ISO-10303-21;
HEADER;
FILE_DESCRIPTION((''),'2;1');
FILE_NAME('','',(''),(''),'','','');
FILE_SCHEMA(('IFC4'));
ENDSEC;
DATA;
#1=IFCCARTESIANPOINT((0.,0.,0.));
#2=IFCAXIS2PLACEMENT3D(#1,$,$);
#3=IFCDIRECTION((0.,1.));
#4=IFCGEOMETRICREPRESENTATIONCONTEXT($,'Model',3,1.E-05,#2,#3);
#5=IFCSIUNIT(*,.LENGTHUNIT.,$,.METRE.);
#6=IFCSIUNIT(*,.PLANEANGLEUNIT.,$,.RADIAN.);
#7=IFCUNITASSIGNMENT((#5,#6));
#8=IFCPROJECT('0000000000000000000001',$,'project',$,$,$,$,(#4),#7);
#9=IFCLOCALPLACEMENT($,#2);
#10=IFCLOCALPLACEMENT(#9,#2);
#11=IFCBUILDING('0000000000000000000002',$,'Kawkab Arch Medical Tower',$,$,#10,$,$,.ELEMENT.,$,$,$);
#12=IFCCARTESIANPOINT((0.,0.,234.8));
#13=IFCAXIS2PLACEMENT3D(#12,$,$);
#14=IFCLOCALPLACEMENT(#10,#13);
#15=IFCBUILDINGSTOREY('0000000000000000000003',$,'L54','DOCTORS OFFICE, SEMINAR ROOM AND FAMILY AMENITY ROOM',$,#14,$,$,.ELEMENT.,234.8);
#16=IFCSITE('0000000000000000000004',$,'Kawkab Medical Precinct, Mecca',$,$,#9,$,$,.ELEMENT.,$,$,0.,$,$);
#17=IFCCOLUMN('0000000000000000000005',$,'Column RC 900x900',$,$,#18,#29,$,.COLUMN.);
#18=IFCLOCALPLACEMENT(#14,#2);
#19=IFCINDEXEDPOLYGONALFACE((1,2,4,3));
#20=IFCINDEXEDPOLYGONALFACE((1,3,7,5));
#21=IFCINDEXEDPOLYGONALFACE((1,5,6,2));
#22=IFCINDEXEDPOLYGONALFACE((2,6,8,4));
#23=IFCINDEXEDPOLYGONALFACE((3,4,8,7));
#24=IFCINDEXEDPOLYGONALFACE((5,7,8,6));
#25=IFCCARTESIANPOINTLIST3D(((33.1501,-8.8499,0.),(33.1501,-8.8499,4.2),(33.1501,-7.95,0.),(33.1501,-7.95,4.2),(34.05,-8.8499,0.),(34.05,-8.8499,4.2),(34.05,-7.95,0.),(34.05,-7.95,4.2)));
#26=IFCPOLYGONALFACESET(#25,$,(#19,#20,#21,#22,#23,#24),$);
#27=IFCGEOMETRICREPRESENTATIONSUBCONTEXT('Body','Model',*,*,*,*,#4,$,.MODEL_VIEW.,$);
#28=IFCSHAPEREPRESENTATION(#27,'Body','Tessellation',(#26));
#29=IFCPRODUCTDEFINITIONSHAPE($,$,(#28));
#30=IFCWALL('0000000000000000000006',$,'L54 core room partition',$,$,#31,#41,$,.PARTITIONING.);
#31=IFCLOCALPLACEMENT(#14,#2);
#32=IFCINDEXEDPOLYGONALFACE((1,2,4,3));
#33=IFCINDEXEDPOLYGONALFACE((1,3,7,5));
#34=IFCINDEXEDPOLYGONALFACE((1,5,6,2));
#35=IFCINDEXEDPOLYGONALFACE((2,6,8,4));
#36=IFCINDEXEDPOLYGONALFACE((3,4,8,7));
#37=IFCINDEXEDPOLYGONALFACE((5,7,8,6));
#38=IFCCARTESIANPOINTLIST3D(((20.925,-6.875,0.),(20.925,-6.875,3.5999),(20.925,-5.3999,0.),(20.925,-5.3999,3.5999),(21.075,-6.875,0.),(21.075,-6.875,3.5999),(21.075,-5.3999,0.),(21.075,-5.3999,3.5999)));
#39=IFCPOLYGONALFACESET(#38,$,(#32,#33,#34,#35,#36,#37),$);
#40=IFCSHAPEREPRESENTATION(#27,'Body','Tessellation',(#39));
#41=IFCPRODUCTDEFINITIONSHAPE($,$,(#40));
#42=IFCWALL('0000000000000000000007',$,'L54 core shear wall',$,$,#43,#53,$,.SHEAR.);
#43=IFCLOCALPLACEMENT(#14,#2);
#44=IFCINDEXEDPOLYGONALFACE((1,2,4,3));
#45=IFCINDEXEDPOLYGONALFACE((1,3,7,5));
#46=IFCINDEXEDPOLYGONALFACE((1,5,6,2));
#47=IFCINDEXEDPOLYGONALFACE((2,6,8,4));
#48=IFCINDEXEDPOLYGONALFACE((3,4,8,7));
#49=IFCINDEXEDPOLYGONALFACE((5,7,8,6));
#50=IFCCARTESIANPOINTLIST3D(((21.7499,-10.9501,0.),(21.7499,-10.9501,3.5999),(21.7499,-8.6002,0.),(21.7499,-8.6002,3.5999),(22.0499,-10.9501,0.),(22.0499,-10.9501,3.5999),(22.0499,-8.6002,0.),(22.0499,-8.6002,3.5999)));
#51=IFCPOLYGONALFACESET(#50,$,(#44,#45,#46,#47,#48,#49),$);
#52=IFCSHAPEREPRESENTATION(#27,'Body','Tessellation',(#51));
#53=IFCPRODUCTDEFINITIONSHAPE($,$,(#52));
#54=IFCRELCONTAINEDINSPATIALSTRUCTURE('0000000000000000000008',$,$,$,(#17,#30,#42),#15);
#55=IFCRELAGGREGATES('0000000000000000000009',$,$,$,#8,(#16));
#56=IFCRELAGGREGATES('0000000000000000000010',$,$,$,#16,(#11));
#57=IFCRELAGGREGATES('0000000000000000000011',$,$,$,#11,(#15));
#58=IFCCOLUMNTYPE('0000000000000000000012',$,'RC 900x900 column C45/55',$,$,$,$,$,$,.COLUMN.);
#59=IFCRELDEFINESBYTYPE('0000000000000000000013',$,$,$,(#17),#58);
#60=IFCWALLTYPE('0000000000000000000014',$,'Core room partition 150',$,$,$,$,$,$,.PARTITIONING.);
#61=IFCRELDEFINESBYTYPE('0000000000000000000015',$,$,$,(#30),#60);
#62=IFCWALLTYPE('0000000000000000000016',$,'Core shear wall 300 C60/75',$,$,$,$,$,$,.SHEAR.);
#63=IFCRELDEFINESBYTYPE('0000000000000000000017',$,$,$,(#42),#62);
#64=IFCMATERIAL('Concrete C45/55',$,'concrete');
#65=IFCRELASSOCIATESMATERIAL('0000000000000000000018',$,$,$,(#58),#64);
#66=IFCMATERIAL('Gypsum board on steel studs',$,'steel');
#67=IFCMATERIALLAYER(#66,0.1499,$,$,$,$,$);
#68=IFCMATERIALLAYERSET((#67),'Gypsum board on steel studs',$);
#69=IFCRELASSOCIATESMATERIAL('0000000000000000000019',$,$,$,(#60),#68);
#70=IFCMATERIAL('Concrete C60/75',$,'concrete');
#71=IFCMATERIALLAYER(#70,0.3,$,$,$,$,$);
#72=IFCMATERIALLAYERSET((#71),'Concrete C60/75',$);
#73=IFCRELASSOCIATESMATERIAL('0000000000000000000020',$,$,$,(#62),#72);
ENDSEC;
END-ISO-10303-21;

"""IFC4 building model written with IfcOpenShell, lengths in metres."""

from ifc_helpers import new_model, si_unit, direction, frame, frame_2d, origin, origin_2d, place, context, subcontext, project, spatial, rectangle, extrude, material, layer, layer_set, material_profile, profile_set, type_object, element, save


model = new_model("IFC4")

# Units and contexts
model_context = context("Model", 3, precision=1e-05, world=origin(), true_north=direction((0.0, 1.0)))
body_context = subcontext(model_context, "Body", "Model", "MODEL_VIEW")
ifc_project = project(units=[si_unit("LENGTHUNIT", "METRE"), si_unit("PLANEANGLEUNIT", "RADIAN")], contexts=[model_context])

# Site, building, storey
site_placement = place(None, origin())
site = spatial("IfcSite", under=ifc_project, at=site_placement, Name="Kawkab Medical Precinct, Mecca", CompositionType="ELEMENT", RefElevation=0.0)
building_placement = place(site_placement, origin())
building = spatial("IfcBuilding", under=site, at=building_placement, Name="Kawkab Arch Medical Tower", CompositionType="ELEMENT")
storey_placement = place(building_placement, frame((0.0, 0.0, 234.8)))
storey = spatial("IfcBuildingStorey", under=building, at=storey_placement, Name="L54", Description="DOCTORS OFFICE, SEMINAR ROOM AND FAMILY AMENITY ROOM", CompositionType="ELEMENT", Elevation=234.8)

# Column
ifc_material_1 = material(Name="Concrete C45/55", Category="concrete")
ifc_material_profile = material_profile(ifc_material_1, rectangle(XDim=0.8999, YDim=0.8999, at=origin_2d()), Name="RC 900x900")
ifc_profile_set = profile_set([ifc_material_profile], Name="Concrete C45/55")
column_type = type_object("IfcColumnType", Name="RC 900x900 column C45/55", PredefinedType="COLUMN", material=ifc_profile_set)
column_placement = place(storey_placement, frame((33.6001, -8.3999, 0.0), z_axis=(0.0, 0.0, 1.0), x_axis=(1.0, 0.0, 0.0)))
element("IfcColumn", 1, at=column_placement, inside=storey, type_object=column_type, Name="Column RC 900x900", PredefinedType="COLUMN", context=body_context, shape_type="SweptSolid", body=[
    extrude(rectangle(XDim=0.8999, YDim=0.8999, at=origin_2d()), origin(), (0.0, 0.0, 1.0), 4.2),
])

# Walls
ifc_material_2 = material(Name="Gypsum board on steel studs", Category="steel")
ifc_layer_1 = layer(ifc_material_2, 0.1499)
ifc_layer_set_1 = layer_set([ifc_layer_1], Name="Gypsum board on steel studs")
wall_type_1 = type_object("IfcWallType", Name="Core room partition 150", PredefinedType="PARTITIONING", material=ifc_layer_set_1)
wall_1_placement = place(storey_placement, frame((21.0, -6.875, 0.0), z_axis=(0.0, 0.0, 1.0), x_axis=(0.0, 1.0, 0.0)))
element("IfcWall", 2, at=wall_1_placement, inside=storey, type_object=wall_type_1, Name="L54 core room partition", PredefinedType="PARTITIONING", context=body_context, shape_type="SweptSolid", body=[
    extrude(rectangle(XDim=1.4751, YDim=0.1499, at=frame_2d((0.7375, 0.0))), origin(), (0.0, 0.0, 1.0), 3.5999),
])
ifc_material_3 = material(Name="Concrete C60/75", Category="concrete")
ifc_layer_2 = layer(ifc_material_3, 0.3)
ifc_layer_set_2 = layer_set([ifc_layer_2], Name="Concrete C60/75")
wall_type_2 = type_object("IfcWallType", Name="Core shear wall 300 C60/75", PredefinedType="SHEAR", material=ifc_layer_set_2)
wall_2_placement = place(storey_placement, frame((21.8999, -10.95, 0.0), z_axis=(0.0, 0.0, 1.0), x_axis=(0.0, 1.0, 0.0)))
element("IfcWall", 3, at=wall_2_placement, inside=storey, type_object=wall_type_2, Name="L54 core shear wall", PredefinedType="SHEAR", context=body_context, shape_type="SweptSolid", body=[
    extrude(rectangle(XDim=2.3499, YDim=0.3, at=frame_2d((1.1748, 0.0))), origin(), (0.0, 0.0, 1.0), 3.5999),
])

save(model, "model.ifc")
